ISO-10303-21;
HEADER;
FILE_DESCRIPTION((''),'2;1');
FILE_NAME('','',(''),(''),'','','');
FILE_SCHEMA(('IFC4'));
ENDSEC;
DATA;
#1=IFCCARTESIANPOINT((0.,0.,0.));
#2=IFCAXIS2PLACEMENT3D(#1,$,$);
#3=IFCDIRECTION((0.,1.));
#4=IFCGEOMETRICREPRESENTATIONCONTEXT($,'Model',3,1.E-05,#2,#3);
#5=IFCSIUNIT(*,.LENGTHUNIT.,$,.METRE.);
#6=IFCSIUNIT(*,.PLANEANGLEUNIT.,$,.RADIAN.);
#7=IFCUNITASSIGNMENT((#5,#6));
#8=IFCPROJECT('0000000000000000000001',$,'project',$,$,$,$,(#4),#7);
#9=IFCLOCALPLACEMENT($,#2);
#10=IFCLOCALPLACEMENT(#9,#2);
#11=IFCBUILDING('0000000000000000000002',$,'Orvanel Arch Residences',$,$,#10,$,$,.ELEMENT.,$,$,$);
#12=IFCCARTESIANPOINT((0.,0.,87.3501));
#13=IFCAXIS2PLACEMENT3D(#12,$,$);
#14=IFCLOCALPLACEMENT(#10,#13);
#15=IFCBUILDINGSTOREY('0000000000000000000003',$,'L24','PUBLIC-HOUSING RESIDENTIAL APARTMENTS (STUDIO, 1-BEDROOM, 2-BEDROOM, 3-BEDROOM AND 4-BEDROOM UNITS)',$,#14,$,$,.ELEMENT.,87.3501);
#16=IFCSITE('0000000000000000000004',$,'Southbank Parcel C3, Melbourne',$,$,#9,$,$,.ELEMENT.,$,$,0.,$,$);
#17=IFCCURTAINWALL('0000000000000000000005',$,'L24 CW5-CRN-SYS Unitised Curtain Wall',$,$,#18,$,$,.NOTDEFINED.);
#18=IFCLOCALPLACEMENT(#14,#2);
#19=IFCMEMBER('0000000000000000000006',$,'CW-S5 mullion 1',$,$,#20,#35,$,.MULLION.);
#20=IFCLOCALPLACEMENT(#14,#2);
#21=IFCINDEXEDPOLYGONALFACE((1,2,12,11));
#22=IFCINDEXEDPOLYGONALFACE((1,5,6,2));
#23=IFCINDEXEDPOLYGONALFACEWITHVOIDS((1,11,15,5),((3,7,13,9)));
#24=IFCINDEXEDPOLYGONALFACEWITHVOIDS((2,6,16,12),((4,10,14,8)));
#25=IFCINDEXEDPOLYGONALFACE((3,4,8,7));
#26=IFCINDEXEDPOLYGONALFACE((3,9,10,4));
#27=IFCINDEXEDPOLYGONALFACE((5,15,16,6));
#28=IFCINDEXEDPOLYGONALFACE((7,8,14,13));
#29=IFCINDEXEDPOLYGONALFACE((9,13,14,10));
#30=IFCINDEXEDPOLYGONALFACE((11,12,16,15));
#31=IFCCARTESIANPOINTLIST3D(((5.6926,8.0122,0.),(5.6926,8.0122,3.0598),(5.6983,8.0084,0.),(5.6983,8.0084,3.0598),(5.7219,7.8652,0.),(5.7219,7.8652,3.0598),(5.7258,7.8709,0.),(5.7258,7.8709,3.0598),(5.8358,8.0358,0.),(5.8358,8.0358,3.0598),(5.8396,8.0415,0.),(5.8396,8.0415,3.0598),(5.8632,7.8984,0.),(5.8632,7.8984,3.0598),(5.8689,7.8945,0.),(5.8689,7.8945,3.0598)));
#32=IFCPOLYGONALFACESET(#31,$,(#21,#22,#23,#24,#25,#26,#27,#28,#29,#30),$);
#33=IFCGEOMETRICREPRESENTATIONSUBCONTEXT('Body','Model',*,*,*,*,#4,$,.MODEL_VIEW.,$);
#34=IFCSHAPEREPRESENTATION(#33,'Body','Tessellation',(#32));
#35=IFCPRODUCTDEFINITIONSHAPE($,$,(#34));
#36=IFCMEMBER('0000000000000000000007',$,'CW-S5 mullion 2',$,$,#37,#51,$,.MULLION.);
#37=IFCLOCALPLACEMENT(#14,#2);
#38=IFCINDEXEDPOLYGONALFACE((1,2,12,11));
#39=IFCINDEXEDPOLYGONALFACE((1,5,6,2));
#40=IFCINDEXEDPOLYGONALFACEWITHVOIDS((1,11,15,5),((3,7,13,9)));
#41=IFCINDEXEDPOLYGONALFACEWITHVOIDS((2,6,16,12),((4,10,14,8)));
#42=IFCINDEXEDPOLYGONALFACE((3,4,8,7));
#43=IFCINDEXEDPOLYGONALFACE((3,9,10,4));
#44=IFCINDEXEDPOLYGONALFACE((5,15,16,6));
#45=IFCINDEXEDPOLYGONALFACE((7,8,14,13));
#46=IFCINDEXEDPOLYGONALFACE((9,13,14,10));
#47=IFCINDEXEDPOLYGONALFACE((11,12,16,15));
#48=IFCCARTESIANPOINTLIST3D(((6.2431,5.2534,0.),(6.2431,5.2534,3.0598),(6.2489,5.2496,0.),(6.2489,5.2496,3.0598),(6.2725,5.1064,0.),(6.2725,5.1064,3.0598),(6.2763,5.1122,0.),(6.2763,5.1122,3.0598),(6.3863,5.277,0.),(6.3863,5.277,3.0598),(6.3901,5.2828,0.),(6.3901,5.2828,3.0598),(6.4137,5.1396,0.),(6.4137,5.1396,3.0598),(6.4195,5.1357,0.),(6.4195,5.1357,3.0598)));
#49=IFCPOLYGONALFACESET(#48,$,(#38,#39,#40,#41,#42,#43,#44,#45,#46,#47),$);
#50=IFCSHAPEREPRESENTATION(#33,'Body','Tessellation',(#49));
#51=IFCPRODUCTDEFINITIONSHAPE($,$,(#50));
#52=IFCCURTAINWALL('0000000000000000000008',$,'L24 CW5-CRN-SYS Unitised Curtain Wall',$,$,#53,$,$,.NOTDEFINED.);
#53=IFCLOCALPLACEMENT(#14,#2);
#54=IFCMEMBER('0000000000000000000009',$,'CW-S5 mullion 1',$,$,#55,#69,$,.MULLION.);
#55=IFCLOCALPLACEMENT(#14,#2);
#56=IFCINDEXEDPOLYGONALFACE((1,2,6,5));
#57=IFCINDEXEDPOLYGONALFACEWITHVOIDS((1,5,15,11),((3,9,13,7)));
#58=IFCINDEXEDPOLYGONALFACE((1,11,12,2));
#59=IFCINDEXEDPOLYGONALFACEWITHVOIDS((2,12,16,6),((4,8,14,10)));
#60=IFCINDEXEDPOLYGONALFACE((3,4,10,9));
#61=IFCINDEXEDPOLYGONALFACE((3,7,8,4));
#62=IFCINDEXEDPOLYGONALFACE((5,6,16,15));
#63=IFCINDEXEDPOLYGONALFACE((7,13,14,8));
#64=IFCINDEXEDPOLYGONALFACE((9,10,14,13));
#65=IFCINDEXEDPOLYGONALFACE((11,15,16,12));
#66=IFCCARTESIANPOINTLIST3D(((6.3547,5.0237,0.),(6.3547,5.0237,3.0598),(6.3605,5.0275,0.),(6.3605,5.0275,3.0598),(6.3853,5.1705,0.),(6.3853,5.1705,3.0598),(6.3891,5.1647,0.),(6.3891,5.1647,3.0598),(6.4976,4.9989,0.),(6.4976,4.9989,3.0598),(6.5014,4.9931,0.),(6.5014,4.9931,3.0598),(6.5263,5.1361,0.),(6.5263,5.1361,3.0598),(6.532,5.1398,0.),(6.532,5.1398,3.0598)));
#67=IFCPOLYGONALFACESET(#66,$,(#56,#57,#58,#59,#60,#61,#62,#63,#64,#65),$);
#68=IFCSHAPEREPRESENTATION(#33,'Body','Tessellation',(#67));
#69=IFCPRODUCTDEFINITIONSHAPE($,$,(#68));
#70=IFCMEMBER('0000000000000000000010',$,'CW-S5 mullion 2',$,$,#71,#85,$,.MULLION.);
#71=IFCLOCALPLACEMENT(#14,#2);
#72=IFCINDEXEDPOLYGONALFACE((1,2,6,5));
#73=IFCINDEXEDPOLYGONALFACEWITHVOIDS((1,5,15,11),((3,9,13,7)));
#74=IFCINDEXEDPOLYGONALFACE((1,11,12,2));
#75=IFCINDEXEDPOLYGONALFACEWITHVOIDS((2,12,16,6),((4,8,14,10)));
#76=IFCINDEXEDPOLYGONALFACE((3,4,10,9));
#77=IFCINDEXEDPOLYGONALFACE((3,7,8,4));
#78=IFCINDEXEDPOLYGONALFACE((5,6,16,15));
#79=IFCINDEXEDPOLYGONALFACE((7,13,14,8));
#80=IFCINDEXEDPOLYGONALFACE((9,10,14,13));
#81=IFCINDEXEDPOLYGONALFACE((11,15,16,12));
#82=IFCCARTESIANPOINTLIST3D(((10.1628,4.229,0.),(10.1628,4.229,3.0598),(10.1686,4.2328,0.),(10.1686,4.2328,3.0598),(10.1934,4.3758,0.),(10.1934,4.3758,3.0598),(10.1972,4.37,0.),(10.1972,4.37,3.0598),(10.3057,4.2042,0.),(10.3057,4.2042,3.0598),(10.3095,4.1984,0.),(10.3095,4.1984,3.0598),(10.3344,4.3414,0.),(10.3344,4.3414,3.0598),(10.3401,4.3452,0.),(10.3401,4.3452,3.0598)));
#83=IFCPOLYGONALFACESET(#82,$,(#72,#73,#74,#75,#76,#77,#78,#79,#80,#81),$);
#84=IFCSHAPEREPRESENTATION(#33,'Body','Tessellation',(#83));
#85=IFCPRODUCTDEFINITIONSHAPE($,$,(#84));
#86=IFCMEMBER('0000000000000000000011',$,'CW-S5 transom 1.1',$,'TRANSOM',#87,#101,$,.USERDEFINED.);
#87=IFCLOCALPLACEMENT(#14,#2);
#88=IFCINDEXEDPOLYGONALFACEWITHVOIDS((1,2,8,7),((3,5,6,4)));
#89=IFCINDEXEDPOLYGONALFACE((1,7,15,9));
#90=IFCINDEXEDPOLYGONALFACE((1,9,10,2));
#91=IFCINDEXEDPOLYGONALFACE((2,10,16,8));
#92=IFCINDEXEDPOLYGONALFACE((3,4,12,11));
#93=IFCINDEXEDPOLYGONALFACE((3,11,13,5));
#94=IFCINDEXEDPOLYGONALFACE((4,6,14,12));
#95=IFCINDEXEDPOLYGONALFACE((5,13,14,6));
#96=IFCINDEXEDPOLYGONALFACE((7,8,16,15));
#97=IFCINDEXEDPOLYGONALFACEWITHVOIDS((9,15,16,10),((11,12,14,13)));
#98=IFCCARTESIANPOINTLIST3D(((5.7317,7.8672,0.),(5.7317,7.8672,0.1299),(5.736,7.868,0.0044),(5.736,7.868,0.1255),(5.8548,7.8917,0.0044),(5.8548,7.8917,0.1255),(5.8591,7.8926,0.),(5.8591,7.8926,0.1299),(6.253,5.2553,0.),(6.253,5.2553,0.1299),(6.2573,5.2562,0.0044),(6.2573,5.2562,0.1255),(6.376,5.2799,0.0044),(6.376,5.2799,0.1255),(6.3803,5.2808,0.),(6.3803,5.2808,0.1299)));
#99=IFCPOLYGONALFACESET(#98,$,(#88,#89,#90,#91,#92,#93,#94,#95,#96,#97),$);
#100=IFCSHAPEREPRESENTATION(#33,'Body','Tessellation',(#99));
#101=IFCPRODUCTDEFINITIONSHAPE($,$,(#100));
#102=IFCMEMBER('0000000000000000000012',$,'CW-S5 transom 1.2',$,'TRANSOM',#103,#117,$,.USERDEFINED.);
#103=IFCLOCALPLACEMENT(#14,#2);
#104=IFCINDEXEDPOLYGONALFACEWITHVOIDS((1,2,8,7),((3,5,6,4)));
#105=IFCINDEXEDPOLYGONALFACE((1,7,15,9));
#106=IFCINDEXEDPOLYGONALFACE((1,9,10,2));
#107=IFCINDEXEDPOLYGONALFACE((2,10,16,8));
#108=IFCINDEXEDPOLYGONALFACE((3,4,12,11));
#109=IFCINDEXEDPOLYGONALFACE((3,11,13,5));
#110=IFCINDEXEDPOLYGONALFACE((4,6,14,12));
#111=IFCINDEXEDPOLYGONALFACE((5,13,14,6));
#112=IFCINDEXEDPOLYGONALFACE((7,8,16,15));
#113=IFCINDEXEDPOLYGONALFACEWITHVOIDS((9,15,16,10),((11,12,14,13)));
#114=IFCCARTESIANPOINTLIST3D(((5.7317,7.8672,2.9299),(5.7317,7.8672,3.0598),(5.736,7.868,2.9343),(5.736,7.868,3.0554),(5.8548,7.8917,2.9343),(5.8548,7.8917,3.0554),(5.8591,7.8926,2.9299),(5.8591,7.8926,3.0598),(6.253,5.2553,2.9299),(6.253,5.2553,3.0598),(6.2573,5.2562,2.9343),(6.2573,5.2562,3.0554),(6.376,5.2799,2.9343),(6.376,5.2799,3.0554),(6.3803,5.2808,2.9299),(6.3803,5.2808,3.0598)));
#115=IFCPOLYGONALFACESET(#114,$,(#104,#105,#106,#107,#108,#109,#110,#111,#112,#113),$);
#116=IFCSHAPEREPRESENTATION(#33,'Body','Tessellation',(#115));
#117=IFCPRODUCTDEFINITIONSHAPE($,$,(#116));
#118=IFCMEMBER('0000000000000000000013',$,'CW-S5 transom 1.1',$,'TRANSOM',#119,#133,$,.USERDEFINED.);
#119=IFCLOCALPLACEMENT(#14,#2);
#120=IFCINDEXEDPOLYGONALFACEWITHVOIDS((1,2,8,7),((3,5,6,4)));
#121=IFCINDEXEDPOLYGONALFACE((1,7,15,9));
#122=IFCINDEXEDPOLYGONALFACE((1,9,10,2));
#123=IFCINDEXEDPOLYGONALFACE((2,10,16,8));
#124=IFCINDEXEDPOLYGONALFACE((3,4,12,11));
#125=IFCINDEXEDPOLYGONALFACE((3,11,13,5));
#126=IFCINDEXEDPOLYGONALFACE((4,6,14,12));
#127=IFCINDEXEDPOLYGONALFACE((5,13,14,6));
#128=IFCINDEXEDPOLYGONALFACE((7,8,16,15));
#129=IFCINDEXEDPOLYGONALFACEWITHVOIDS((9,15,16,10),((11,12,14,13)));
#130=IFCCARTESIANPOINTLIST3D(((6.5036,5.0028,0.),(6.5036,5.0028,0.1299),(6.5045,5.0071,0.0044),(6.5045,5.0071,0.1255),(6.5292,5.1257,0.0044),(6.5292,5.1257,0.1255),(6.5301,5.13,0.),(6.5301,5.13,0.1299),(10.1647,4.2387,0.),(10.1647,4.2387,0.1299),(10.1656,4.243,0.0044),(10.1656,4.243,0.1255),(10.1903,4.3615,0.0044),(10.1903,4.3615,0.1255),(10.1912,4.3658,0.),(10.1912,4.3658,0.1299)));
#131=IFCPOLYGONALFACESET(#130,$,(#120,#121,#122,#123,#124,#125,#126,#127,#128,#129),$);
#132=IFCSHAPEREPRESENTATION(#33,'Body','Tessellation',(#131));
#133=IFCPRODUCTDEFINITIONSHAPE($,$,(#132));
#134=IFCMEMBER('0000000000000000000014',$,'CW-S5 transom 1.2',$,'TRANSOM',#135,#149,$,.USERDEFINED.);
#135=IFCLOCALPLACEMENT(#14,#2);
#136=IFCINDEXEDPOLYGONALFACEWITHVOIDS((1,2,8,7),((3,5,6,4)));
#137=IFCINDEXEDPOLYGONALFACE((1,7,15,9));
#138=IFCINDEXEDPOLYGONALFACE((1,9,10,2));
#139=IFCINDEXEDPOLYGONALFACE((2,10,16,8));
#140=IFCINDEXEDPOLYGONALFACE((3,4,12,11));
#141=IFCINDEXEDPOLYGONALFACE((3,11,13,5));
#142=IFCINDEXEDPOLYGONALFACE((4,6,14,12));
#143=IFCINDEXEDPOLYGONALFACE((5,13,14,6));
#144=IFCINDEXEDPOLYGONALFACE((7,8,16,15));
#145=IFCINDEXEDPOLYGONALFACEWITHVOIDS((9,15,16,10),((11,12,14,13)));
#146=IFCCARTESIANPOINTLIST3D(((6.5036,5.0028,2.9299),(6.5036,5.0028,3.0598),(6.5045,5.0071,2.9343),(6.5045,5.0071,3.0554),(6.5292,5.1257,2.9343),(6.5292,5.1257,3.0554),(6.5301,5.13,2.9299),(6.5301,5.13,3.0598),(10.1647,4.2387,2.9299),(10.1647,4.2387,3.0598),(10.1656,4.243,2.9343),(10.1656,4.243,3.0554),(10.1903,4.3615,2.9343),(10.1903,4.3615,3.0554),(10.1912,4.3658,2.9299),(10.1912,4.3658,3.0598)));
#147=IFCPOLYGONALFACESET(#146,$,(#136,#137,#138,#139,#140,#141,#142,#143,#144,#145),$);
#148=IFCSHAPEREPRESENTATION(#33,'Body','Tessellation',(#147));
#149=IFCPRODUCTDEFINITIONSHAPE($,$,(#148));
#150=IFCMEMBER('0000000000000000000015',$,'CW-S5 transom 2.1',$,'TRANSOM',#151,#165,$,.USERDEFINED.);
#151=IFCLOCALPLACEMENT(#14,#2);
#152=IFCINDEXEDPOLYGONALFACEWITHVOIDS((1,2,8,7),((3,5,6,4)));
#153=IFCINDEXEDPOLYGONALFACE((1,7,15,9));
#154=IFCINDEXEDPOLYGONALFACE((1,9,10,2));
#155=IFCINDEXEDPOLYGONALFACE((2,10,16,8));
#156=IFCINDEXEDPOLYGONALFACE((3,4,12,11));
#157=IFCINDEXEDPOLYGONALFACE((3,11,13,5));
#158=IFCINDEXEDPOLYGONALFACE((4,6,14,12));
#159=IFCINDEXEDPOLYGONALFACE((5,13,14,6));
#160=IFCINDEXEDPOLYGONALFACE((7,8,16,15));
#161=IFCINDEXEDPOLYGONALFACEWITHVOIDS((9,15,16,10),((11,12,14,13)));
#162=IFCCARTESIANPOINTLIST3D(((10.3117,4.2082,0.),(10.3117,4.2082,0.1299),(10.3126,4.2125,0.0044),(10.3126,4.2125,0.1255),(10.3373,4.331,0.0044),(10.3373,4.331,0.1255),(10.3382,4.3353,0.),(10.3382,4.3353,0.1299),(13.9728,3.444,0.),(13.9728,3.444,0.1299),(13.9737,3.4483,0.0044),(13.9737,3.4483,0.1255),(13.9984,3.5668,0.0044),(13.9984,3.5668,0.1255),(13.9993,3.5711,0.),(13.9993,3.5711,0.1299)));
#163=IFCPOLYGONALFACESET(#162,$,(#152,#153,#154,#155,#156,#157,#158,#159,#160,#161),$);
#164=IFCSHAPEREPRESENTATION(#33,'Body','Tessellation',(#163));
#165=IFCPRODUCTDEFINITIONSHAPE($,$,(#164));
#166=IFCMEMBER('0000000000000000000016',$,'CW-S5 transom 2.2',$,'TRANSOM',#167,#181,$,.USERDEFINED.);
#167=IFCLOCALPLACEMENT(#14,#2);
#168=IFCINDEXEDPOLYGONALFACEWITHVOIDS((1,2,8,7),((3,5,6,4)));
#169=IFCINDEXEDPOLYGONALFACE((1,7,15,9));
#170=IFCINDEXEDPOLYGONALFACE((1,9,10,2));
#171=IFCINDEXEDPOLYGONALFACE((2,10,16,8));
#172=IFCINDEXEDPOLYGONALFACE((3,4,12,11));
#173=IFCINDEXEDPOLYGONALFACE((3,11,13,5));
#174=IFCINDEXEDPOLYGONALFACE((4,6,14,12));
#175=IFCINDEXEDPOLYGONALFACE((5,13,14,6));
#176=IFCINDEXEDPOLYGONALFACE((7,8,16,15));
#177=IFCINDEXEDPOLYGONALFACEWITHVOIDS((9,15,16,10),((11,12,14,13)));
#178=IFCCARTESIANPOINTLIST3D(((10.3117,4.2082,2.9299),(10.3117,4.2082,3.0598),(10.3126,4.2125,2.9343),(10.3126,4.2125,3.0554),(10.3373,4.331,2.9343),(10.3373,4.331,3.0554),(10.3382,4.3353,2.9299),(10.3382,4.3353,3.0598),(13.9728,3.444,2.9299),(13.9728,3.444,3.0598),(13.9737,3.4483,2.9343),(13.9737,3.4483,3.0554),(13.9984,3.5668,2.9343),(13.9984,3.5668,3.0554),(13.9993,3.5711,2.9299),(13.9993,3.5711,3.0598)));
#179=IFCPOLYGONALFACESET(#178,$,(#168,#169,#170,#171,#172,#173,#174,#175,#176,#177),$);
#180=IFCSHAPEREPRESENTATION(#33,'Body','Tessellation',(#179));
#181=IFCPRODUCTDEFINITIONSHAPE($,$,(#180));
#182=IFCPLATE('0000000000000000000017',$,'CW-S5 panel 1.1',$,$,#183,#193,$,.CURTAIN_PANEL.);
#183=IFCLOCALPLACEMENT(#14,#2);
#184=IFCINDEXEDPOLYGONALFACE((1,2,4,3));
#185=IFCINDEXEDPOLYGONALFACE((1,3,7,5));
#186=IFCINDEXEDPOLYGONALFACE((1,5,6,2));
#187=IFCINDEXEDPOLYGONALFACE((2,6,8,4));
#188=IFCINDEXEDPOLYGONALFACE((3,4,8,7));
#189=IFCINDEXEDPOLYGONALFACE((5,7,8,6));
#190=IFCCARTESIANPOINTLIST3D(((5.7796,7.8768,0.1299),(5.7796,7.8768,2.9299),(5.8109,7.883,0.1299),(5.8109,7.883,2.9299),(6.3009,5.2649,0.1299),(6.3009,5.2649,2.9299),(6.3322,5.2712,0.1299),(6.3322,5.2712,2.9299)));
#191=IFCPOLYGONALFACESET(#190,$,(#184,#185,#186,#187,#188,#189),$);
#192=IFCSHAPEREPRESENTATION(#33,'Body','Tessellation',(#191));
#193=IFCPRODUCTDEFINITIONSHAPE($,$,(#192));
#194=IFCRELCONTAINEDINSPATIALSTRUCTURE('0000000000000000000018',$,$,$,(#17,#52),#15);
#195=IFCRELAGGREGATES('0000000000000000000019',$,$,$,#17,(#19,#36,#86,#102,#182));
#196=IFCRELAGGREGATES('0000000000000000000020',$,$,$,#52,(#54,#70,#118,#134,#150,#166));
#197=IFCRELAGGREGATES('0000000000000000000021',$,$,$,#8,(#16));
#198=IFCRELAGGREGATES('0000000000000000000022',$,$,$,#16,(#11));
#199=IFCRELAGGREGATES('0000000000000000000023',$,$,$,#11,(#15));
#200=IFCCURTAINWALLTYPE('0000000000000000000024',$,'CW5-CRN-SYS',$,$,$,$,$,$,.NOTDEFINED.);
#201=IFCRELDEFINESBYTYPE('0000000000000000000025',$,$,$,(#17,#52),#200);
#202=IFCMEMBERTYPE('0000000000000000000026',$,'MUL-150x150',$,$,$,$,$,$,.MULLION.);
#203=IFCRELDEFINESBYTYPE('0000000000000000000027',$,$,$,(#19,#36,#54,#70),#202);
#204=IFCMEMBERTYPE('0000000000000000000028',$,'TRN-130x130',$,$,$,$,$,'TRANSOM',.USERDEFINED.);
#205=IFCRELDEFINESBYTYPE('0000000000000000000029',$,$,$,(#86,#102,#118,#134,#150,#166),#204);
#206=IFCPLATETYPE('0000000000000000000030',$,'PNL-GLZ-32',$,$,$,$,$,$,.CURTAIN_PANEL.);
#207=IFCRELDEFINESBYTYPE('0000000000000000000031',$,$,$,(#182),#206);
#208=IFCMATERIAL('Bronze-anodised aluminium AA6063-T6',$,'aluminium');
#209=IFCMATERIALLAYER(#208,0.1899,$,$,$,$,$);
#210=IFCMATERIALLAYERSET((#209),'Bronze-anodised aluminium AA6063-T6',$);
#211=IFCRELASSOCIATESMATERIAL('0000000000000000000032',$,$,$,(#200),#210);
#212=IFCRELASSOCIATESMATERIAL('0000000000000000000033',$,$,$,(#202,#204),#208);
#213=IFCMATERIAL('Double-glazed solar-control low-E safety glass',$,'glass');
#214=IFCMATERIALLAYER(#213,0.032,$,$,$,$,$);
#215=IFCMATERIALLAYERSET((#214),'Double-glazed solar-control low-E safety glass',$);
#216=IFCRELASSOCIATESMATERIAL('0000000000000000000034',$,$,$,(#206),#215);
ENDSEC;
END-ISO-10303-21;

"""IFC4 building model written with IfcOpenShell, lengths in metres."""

from ifc_helpers import new_model, si_unit, direction, frame, origin, origin_2d, place, context, subcontext, project, spatial, rectangle, hollow_rectangle, extrude, material, layer, layer_set, material_profile, profile_set, type_object, element, aggregate, save


model = new_model("IFC4")

# Units and contexts
model_context = context("Model", 3, precision=1e-05, world=origin(), true_north=direction((0.0, 1.0)))
body_context = subcontext(model_context, "Body", "Model", "MODEL_VIEW")
ifc_project = project(units=[si_unit("LENGTHUNIT", "METRE"), si_unit("PLANEANGLEUNIT", "RADIAN")], contexts=[model_context])

# Site, building, storey
site_placement = place(None, origin())
site = spatial("IfcSite", under=ifc_project, at=site_placement, Name="Southbank Parcel C3, Melbourne", CompositionType="ELEMENT", RefElevation=0.0)
building_placement = place(site_placement, origin())
building = spatial("IfcBuilding", under=site, at=building_placement, Name="Orvanel Arch Residences", CompositionType="ELEMENT")
storey_placement = place(building_placement, frame((0.0, 0.0, 87.3501)))
storey = spatial("IfcBuildingStorey", under=building, at=storey_placement, Name="L24", Description="PUBLIC-HOUSING RESIDENTIAL APARTMENTS (STUDIO, 1-BEDROOM, 2-BEDROOM, 3-BEDROOM AND 4-BEDROOM UNITS)", CompositionType="ELEMENT", Elevation=87.3501)

# Curtain walls, members
ifc_material_1 = material(Name="Bronze-anodised aluminium AA6063-T6", Category="aluminium")
ifc_layer_1 = layer(ifc_material_1, 0.1899)
ifc_layer_set_1 = layer_set([ifc_layer_1], Name="Bronze-anodised aluminium AA6063-T6")
curtain_wall_type = type_object("IfcCurtainWallType", Name="CW5-CRN-SYS", PredefinedType="NOTDEFINED", material=ifc_layer_set_1)
curtain_wall_1_placement = place(storey_placement, origin())
curtain_wall_1 = element("IfcCurtainWall", 1, at=curtain_wall_1_placement, inside=storey, type_object=curtain_wall_type, Name="L24 CW5-CRN-SYS Unitised Curtain Wall", PredefinedType="NOTDEFINED")
ifc_material_profile_1 = material_profile(ifc_material_1, hollow_rectangle(XDim=0.1499, YDim=0.1499, WallThickness=0.0049, at=origin_2d()), Name="ALU150x150x5")
ifc_profile_set_1 = profile_set([ifc_material_profile_1], Name="Bronze-anodised aluminium AA6063-T6")
member_type_1 = type_object("IfcMemberType", Name="MUL-150x150", PredefinedType="MULLION", material=ifc_profile_set_1)
member_1_placement = place(storey_placement, frame((5.7808, 7.9534, 0.0), z_axis=(0.0, 0.0, 1.0), x_axis=(0.980658, 0.195727, 0.0)))
member_1 = element("IfcMember", 2, at=member_1_placement, type_object=member_type_1, Name="CW-S5 mullion 1", PredefinedType="MULLION", context=body_context, shape_type="SweptSolid", body=[
    extrude(hollow_rectangle(XDim=0.1499, YDim=0.1499, WallThickness=0.0049, at=origin_2d()), origin(), (0.0, 0.0, 1.0), 3.0598),
])
member_2_placement = place(storey_placement, frame((6.3313, 5.1946, 0.0), z_axis=(0.0, 0.0, 1.0), x_axis=(0.980658, 0.195727, 0.0)))
member_2 = element("IfcMember", 3, at=member_2_placement, type_object=member_type_1, Name="CW-S5 mullion 2", PredefinedType="MULLION", context=body_context, shape_type="SweptSolid", body=[
    extrude(hollow_rectangle(XDim=0.1499, YDim=0.1499, WallThickness=0.0049, at=origin_2d()), origin(), (0.0, 0.0, 1.0), 3.0598),
])
curtain_wall_2_placement = place(storey_placement, origin())
curtain_wall_2 = element("IfcCurtainWall", 4, at=curtain_wall_2_placement, inside=storey, type_object=curtain_wall_type, Name="L24 CW5-CRN-SYS Unitised Curtain Wall", PredefinedType="NOTDEFINED")
member_3_placement = place(storey_placement, frame((6.4434, 5.0818, 0.0), z_axis=(0.0, 0.0, 1.0), x_axis=(0.204282, 0.978912, 0.0)))
member_3 = element("IfcMember", 5, at=member_3_placement, type_object=member_type_1, Name="CW-S5 mullion 1", PredefinedType="MULLION", context=body_context, shape_type="SweptSolid", body=[
    extrude(hollow_rectangle(XDim=0.1499, YDim=0.1499, WallThickness=0.0049, at=origin_2d()), origin(), (0.0, 0.0, 1.0), 3.0598),
])
member_4_placement = place(storey_placement, frame((10.2515, 4.2871, 0.0), z_axis=(0.0, 0.0, 1.0), x_axis=(0.204282, 0.978912, 0.0)))
member_4 = element("IfcMember", 6, at=member_4_placement, type_object=member_type_1, Name="CW-S5 mullion 2", PredefinedType="MULLION", context=body_context, shape_type="SweptSolid", body=[
    extrude(hollow_rectangle(XDim=0.1499, YDim=0.1499, WallThickness=0.0049, at=origin_2d()), origin(), (0.0, 0.0, 1.0), 3.0598),
])

# Members
ifc_material_profile_2 = material_profile(ifc_material_1, hollow_rectangle(XDim=0.1299, YDim=0.1299, WallThickness=0.0044, at=origin_2d()), Name="ALU130x130x4.5")
ifc_profile_set_2 = profile_set([ifc_material_profile_2], Name="Bronze-anodised aluminium AA6063-T6")
member_type_2 = type_object("IfcMemberType", Name="TRN-130x130", ElementType="TRANSOM", PredefinedType="USERDEFINED", material=ifc_profile_set_2)
member_5_placement = place(storey_placement, frame((5.7954, 7.8799, 0.0649), z_axis=(0.195711, -0.980662, 0.0), x_axis=(0.980662, 0.195711, 0.0)))
member_5 = element("IfcMember", 7, at=member_5_placement, type_object=member_type_2, Name="CW-S5 transom 1.1", ObjectType="TRANSOM", PredefinedType="USERDEFINED", context=body_context, shape_type="SweptSolid", body=[
    extrude(hollow_rectangle(XDim=0.1299, YDim=0.1299, WallThickness=0.0044, at=origin_2d()), origin(), (0.0, 0.0, 1.0), 2.6633),
])
member_6_placement = place(storey_placement, frame((5.7954, 7.8799, 2.9949), z_axis=(0.195711, -0.980662, 0.0), x_axis=(0.980662, 0.195711, 0.0)))
member_6 = element("IfcMember", 8, at=member_6_placement, type_object=member_type_2, Name="CW-S5 transom 1.2", ObjectType="TRANSOM", PredefinedType="USERDEFINED", context=body_context, shape_type="SweptSolid", body=[
    extrude(hollow_rectangle(XDim=0.1299, YDim=0.1299, WallThickness=0.0044, at=origin_2d()), origin(), (0.0, 0.0, 1.0), 2.6633),
])
member_7_placement = place(storey_placement, frame((6.5168, 5.0664, 0.0649), z_axis=(0.978904, -0.204319, 0.0), x_axis=(0.204319, 0.978904, 0.0)))
member_7 = element("IfcMember", 9, at=member_7_placement, type_object=member_type_2, Name="CW-S5 transom 1.1", ObjectType="TRANSOM", PredefinedType="USERDEFINED", context=body_context, shape_type="SweptSolid", body=[
    extrude(hollow_rectangle(XDim=0.1299, YDim=0.1299, WallThickness=0.0044, at=origin_2d()), origin(), (0.0, 0.0, 1.0), 3.74),
])
member_8_placement = place(storey_placement, frame((6.5168, 5.0664, 2.9949), z_axis=(0.978904, -0.204319, 0.0), x_axis=(0.204319, 0.978904, 0.0)))
member_8 = element("IfcMember", 10, at=member_8_placement, type_object=member_type_2, Name="CW-S5 transom 1.2", ObjectType="TRANSOM", PredefinedType="USERDEFINED", context=body_context, shape_type="SweptSolid", body=[
    extrude(hollow_rectangle(XDim=0.1299, YDim=0.1299, WallThickness=0.0044, at=origin_2d()), origin(), (0.0, 0.0, 1.0), 3.74),
])
member_9_placement = place(storey_placement, frame((10.325, 4.2717, 0.0649), z_axis=(0.978904, -0.204319, 0.0), x_axis=(0.204319, 0.978904, 0.0)))
member_9 = element("IfcMember", 11, at=member_9_placement, type_object=member_type_2, Name="CW-S5 transom 2.1", ObjectType="TRANSOM", PredefinedType="USERDEFINED", context=body_context, shape_type="SweptSolid", body=[
    extrude(hollow_rectangle(XDim=0.1299, YDim=0.1299, WallThickness=0.0044, at=origin_2d()), origin(), (0.0, 0.0, 1.0), 3.74),
])
member_10_placement = place(storey_placement, frame((10.325, 4.2717, 2.9949), z_axis=(0.978904, -0.204319, 0.0), x_axis=(0.204319, 0.978904, 0.0)))
member_10 = element("IfcMember", 12, at=member_10_placement, type_object=member_type_2, Name="CW-S5 transom 2.2", ObjectType="TRANSOM", PredefinedType="USERDEFINED", context=body_context, shape_type="SweptSolid", body=[
    extrude(hollow_rectangle(XDim=0.1299, YDim=0.1299, WallThickness=0.0044, at=origin_2d()), origin(), (0.0, 0.0, 1.0), 3.74),
])

# Plate
ifc_material_2 = material(Name="Double-glazed solar-control low-E safety glass", Category="glass")
ifc_layer_2 = layer(ifc_material_2, 0.032)
ifc_layer_set_2 = layer_set([ifc_layer_2], Name="Double-glazed solar-control low-E safety glass")
plate_type = type_object("IfcPlateType", Name="PNL-GLZ-32", PredefinedType="CURTAIN_PANEL", material=ifc_layer_set_2)
plate_1_placement = place(storey_placement, frame((6.0559, 6.574, 0.1299), z_axis=(0.0, 0.0, 1.0), x_axis=(0.195727, -0.980658, 0.0)))
plate_1 = element("IfcPlate", 13, at=plate_1_placement, type_object=plate_type, Name="CW-S5 panel 1.1", PredefinedType="CURTAIN_PANEL", context=body_context, shape_type="SweptSolid", body=[
    extrude(rectangle(XDim=2.6633, YDim=0.032, at=origin_2d()), origin(), (0.0, 0.0, 1.0), 2.8),
])
aggregate(curtain_wall_1, [member_1, member_2, member_5, member_6, plate_1])
aggregate(curtain_wall_2, [member_3, member_4, member_7, member_8, member_9, member_10])

save(model, "model.ifc")
